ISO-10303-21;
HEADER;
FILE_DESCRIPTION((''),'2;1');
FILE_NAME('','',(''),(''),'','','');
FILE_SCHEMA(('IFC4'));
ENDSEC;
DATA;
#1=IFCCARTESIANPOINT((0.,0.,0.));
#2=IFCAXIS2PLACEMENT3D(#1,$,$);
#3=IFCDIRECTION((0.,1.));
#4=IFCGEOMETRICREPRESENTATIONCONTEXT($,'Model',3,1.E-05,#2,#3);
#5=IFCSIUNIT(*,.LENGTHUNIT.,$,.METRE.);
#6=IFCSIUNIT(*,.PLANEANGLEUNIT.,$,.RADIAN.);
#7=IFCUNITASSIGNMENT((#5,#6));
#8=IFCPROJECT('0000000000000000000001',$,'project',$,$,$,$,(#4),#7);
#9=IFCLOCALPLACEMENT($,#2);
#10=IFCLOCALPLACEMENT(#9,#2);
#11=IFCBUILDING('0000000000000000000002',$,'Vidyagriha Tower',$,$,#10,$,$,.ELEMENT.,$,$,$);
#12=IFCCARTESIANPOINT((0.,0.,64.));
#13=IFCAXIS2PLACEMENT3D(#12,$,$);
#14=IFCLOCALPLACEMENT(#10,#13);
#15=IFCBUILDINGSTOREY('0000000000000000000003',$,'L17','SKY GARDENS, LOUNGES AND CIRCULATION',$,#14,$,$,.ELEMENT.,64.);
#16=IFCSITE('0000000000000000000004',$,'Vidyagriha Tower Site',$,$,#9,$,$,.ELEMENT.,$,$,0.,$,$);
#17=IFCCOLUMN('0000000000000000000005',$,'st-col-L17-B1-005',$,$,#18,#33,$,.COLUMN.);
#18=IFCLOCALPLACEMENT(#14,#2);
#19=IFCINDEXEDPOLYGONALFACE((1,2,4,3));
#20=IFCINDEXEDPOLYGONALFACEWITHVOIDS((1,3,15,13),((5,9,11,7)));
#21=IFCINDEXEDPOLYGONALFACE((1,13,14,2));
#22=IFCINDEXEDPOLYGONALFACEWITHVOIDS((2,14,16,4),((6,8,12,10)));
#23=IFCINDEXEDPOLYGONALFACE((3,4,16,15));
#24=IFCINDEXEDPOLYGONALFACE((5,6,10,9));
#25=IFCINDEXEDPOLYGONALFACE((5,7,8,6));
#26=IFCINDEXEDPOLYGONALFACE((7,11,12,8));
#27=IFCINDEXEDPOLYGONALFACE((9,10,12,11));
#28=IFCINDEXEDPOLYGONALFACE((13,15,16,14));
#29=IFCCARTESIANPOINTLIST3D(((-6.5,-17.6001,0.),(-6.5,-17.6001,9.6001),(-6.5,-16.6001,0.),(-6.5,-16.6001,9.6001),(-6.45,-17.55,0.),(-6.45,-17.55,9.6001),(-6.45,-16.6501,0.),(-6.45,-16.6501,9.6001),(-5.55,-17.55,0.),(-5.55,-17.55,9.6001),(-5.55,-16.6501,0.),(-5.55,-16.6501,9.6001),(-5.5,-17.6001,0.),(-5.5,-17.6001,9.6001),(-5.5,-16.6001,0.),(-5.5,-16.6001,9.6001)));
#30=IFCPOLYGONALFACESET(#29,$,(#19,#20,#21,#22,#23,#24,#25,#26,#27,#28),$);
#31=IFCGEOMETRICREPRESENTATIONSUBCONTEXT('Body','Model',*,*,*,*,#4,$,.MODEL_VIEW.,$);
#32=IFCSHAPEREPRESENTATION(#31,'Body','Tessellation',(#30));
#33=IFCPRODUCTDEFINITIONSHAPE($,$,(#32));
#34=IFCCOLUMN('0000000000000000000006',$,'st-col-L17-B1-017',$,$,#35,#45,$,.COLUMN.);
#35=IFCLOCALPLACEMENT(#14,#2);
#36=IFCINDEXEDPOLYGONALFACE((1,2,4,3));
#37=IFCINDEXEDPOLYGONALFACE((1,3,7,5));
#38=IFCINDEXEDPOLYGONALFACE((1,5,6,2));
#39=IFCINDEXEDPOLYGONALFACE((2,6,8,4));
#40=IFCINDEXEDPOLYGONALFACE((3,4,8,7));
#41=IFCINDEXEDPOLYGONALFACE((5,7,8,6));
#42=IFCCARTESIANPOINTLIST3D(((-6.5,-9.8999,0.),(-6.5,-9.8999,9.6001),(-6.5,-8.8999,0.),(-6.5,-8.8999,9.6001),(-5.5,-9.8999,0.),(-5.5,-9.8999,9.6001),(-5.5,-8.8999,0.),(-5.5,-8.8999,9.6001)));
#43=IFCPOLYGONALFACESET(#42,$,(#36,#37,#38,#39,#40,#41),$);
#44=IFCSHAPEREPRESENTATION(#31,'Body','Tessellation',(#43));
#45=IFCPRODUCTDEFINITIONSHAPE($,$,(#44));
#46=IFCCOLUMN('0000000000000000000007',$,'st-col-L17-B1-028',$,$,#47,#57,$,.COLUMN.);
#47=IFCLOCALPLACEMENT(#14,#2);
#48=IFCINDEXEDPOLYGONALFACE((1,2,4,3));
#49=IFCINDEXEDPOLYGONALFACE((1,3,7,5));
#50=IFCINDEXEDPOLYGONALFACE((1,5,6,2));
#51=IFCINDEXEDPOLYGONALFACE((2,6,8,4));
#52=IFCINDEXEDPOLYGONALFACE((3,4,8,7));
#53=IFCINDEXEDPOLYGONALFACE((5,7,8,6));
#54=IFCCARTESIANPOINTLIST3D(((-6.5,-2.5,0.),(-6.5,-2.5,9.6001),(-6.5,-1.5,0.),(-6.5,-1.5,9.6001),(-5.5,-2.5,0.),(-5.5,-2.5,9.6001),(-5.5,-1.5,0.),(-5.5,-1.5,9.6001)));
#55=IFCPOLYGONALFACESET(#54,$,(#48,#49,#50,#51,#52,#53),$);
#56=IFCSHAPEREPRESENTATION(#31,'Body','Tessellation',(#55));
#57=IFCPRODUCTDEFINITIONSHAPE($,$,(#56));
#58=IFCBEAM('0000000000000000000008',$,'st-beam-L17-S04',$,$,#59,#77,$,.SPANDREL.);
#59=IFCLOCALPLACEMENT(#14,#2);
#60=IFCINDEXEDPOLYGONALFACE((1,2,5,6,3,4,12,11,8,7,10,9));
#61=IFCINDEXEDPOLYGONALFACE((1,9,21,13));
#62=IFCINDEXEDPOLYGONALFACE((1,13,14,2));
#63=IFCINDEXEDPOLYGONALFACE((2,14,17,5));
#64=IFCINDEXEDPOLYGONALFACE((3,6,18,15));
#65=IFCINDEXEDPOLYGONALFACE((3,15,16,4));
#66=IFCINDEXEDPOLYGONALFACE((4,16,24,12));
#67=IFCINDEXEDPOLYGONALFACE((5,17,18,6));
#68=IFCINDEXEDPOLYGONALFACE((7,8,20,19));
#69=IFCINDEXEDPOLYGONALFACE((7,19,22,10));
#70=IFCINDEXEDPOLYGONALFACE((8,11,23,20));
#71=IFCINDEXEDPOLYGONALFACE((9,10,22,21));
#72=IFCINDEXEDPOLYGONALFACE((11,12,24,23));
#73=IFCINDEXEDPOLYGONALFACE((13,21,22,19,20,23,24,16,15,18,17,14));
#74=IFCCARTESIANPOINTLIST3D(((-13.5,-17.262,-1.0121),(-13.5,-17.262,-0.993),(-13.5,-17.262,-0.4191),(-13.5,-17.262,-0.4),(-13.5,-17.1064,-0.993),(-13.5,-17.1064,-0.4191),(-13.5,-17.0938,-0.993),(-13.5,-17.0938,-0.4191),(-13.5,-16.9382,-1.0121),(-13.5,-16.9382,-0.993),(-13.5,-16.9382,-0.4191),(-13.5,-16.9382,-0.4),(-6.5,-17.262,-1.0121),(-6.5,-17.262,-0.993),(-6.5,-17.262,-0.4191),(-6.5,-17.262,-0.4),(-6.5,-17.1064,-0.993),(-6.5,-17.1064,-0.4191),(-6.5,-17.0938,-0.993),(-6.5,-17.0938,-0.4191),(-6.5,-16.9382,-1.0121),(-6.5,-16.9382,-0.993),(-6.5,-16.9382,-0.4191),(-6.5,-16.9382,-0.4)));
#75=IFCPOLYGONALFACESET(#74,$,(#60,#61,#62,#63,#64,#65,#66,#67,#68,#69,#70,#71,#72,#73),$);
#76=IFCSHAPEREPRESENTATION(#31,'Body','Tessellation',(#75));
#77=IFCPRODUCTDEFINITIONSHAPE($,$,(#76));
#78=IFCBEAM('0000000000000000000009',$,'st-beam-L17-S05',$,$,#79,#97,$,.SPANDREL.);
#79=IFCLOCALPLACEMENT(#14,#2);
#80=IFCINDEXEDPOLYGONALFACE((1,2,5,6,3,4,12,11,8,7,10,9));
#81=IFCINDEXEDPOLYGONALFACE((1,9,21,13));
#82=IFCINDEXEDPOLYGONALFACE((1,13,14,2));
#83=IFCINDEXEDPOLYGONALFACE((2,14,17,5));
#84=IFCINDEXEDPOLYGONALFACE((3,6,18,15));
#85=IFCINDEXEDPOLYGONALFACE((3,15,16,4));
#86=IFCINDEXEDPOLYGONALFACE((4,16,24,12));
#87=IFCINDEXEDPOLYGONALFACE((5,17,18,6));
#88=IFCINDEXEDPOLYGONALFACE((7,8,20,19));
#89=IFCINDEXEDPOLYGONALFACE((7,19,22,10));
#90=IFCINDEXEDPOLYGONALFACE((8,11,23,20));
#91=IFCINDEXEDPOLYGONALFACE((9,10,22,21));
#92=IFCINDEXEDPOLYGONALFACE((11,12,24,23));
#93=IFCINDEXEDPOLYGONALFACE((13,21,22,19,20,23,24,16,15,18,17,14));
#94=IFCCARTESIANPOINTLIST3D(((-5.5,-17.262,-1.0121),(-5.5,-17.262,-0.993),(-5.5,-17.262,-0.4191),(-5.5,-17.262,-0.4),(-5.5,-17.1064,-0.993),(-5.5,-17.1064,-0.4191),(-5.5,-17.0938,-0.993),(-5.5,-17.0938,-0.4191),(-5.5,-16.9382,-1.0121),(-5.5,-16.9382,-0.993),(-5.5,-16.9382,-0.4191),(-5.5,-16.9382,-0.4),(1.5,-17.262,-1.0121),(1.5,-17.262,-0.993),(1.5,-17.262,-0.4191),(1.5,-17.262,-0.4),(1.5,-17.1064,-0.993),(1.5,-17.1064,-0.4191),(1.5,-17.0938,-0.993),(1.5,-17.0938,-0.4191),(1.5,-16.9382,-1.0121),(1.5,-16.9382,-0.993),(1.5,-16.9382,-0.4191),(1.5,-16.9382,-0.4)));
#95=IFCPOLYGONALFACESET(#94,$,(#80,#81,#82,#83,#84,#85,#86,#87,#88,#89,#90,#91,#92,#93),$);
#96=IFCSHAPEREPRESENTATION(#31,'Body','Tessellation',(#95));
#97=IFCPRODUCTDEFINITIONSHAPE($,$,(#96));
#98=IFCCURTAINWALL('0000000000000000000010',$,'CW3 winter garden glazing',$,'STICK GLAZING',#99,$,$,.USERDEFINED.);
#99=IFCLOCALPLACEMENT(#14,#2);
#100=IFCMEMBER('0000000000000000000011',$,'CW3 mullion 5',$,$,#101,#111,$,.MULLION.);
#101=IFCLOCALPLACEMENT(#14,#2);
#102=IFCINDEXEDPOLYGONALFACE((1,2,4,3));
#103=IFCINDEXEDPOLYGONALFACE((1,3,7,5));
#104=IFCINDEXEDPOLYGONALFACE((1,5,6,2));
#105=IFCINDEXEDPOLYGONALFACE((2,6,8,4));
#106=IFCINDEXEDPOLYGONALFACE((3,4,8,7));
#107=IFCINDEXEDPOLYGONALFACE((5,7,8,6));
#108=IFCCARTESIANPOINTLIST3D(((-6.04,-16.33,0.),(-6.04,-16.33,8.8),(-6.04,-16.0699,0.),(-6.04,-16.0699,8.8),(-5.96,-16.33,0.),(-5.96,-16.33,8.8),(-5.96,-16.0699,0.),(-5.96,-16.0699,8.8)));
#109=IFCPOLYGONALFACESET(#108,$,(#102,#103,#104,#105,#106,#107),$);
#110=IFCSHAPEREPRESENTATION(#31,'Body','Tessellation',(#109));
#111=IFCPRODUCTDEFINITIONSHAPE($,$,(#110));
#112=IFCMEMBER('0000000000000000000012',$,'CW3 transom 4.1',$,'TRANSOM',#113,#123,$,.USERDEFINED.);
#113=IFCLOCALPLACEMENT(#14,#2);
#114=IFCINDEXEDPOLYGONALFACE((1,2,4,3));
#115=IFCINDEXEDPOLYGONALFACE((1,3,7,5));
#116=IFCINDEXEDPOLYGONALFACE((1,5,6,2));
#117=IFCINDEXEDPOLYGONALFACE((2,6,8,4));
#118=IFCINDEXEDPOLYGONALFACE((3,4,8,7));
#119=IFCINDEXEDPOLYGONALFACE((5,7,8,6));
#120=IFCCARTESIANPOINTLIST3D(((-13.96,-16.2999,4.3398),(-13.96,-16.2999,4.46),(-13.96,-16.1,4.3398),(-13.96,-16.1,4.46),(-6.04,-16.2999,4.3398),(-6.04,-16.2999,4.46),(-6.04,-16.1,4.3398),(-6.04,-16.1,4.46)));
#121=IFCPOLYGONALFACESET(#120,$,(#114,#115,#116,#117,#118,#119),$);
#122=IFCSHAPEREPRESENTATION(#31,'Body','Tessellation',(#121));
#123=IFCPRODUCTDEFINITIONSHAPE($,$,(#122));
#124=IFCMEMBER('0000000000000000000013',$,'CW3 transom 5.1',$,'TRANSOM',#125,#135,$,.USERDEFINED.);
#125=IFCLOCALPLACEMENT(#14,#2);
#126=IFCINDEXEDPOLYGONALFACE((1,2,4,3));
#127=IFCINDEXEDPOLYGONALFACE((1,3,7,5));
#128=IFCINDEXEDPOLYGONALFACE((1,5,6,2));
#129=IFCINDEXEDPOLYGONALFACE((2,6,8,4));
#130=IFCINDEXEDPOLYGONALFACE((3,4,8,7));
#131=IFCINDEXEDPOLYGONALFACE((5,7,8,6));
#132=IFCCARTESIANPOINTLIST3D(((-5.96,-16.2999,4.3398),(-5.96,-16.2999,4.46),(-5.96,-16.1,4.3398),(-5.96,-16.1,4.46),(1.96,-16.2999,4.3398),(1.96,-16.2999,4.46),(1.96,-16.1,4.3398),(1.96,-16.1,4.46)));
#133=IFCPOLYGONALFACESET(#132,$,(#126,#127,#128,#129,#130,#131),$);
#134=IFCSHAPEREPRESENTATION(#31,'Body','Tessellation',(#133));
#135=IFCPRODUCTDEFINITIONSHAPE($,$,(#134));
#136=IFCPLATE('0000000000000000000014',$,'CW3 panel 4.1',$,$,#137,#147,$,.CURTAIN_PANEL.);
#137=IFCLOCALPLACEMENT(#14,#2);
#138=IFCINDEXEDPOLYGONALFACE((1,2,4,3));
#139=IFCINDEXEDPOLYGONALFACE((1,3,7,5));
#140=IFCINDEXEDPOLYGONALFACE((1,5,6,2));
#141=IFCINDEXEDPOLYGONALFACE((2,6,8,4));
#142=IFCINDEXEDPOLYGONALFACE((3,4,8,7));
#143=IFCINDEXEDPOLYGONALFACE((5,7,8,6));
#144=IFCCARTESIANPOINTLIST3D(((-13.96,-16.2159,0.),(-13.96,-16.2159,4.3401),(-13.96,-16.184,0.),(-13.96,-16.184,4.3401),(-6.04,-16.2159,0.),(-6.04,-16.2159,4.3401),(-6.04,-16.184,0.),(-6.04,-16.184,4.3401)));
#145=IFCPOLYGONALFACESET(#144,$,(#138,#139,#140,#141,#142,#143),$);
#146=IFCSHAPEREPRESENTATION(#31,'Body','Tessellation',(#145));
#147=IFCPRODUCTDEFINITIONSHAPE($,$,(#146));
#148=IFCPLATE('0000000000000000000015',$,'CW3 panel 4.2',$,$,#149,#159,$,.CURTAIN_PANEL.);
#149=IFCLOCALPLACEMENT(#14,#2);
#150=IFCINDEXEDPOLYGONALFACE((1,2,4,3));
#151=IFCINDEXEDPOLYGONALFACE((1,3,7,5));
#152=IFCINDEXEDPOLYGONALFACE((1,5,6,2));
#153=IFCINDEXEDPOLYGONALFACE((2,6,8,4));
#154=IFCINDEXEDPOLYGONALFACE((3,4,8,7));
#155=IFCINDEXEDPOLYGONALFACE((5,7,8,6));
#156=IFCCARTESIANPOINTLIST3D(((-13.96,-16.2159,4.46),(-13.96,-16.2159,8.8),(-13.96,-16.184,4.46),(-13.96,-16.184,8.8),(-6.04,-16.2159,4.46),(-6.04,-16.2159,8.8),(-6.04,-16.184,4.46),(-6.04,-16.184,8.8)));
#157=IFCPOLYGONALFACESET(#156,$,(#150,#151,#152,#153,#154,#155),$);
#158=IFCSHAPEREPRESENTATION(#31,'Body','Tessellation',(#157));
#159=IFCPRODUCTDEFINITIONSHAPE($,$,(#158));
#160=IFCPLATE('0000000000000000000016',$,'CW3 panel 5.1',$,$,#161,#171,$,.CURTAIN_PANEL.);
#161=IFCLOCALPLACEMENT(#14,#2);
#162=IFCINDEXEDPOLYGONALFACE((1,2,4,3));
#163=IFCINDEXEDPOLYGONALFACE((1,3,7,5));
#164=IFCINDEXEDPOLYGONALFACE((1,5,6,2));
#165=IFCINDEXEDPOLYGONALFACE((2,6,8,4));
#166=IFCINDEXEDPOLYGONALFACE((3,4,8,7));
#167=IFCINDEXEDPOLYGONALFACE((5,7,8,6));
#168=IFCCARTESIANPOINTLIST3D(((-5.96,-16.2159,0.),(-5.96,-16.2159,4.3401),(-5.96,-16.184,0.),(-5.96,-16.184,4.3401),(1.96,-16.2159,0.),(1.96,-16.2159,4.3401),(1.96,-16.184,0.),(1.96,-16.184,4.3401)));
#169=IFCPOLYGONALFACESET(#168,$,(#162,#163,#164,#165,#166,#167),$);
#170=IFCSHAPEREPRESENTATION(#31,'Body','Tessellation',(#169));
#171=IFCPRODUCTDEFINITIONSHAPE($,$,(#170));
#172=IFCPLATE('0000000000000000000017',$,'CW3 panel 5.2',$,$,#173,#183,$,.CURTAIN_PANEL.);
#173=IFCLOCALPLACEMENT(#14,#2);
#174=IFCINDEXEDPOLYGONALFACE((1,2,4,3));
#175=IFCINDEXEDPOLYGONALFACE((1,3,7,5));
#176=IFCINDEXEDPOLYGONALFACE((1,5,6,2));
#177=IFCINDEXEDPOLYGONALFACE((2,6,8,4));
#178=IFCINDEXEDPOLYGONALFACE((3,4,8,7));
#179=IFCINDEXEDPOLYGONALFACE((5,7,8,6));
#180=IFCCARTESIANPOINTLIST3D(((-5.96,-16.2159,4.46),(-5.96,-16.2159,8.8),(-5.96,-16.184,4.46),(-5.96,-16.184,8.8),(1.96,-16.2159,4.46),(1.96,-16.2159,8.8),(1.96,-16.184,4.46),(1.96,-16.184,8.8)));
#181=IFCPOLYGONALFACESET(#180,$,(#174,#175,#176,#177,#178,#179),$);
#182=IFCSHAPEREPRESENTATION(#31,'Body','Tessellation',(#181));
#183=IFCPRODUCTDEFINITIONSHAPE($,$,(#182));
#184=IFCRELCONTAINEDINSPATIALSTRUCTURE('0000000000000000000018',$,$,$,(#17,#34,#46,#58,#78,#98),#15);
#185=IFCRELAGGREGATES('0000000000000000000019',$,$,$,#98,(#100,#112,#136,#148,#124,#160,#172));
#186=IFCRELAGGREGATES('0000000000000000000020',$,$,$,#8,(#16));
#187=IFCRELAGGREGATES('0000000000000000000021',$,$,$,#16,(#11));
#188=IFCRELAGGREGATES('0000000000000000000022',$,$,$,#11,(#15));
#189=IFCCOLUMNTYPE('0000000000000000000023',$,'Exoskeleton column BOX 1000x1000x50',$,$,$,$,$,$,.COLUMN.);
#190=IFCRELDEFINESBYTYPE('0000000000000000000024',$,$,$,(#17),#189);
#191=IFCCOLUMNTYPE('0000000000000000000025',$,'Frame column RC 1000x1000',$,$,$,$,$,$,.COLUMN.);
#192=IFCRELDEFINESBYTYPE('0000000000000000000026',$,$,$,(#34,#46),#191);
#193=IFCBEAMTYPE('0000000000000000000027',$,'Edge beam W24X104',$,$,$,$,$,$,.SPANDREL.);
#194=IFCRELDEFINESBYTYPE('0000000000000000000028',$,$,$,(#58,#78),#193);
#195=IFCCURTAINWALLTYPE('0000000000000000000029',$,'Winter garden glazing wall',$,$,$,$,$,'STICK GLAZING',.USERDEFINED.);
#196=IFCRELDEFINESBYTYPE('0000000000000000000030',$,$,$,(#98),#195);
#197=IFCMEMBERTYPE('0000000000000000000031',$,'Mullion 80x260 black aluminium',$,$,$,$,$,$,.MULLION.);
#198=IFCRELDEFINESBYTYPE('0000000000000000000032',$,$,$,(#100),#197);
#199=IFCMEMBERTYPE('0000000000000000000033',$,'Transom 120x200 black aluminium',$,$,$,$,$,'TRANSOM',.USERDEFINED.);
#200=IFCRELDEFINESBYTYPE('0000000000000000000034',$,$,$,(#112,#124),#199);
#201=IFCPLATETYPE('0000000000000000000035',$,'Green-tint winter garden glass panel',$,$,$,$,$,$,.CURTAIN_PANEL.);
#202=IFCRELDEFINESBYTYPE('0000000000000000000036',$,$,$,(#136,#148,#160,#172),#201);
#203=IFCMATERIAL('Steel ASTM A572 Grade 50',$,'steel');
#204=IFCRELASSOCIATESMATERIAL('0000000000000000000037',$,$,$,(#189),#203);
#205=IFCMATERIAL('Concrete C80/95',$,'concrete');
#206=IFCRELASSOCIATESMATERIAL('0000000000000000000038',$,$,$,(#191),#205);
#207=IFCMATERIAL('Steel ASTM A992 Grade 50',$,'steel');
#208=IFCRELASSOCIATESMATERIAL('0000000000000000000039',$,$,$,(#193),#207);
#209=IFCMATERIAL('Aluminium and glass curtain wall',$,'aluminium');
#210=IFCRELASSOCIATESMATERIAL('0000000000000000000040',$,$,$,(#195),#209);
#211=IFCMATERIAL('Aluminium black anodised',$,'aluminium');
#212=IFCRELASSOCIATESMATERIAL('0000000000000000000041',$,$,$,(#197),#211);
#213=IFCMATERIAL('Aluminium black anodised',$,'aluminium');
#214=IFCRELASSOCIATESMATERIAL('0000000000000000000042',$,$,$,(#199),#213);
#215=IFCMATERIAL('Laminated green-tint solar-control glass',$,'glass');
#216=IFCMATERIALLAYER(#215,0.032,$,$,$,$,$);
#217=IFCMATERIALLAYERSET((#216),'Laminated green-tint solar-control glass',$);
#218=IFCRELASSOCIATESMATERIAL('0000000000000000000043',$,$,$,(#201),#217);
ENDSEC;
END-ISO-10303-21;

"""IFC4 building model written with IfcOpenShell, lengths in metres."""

from ifc_helpers import new_model, si_unit, direction, frame, origin, origin_2d, place, context, subcontext, project, spatial, rectangle, hollow_rectangle, i_section, extrude, material, layer, layer_set, material_profile, profile_set, type_object, element, aggregate, save


model = new_model("IFC4")

# Units and contexts
model_context = context("Model", 3, precision=1e-05, world=origin(), true_north=direction((0.0, 1.0)))
body_context = subcontext(model_context, "Body", "Model", "MODEL_VIEW")
ifc_project = project(units=[si_unit("LENGTHUNIT", "METRE"), si_unit("PLANEANGLEUNIT", "RADIAN")], contexts=[model_context])

# Site, building, storey
site_placement = place(None, origin())
site = spatial("IfcSite", under=ifc_project, at=site_placement, Name="Vidyagriha Tower Site", CompositionType="ELEMENT", RefElevation=0.0)
building_placement = place(site_placement, origin())
building = spatial("IfcBuilding", under=site, at=building_placement, Name="Vidyagriha Tower", CompositionType="ELEMENT")
storey_placement = place(building_placement, frame((0.0, 0.0, 64.0)))
storey = spatial("IfcBuildingStorey", under=building, at=storey_placement, Name="L17", Description="SKY GARDENS, LOUNGES AND CIRCULATION", CompositionType="ELEMENT", Elevation=64.0)

# Columns
ifc_material_1 = material(Name="Steel ASTM A572 Grade 50", Category="steel")
ifc_material_profile_1 = material_profile(ifc_material_1, hollow_rectangle(XDim=1.0, YDim=1.0, WallThickness=0.05, at=origin_2d()), Name="BOX 1000x1000x50")
ifc_profile_set_1 = profile_set([ifc_material_profile_1], Name="Steel ASTM A572 Grade 50")
column_type_1 = type_object("IfcColumnType", Name="Exoskeleton column BOX 1000x1000x50", PredefinedType="COLUMN", material=ifc_profile_set_1)
column_placement = place(storey_placement, frame((-6.0, -17.1001, 0.0)))
element("IfcColumn", 1, at=column_placement, inside=storey, type_object=column_type_1, Name="st-col-L17-B1-005", PredefinedType="COLUMN", context=body_context, shape_type="SweptSolid", body=[
    extrude(hollow_rectangle(XDim=1.0, YDim=1.0, WallThickness=0.05, at=origin_2d()), origin(), (0.0, 0.0, 1.0), 9.6001),
])
ifc_material_2 = material(Name="Concrete C80/95", Category="concrete")
ifc_material_profile_2 = material_profile(ifc_material_2, rectangle(XDim=1.0, YDim=1.0, at=origin_2d()), Name="RC 1000x1000")
ifc_profile_set_2 = profile_set([ifc_material_profile_2], Name="Concrete C80/95")
column_type_2 = type_object("IfcColumnType", Name="Frame column RC 1000x1000", PredefinedType="COLUMN", material=ifc_profile_set_2)
for number, where, name in (
    (2, (-6.0, -9.3999, 0.0), "st-col-L17-B1-017"),
    (3, (-6.0, -2.0, 0.0), "st-col-L17-B1-028"),
):
    element("IfcColumn", number, at=place(storey_placement, frame(where)), inside=storey, type_object=column_type_2, Name=name, PredefinedType="COLUMN", context=body_context, shape_type="SweptSolid", body=[
        extrude(rectangle(XDim=1.0, YDim=1.0, at=origin_2d()), origin(), (0.0, 0.0, 1.0), 9.6001),
    ])

# Beams
ifc_material_3 = material(Name="Steel ASTM A992 Grade 50", Category="steel")
ifc_material_profile_3 = material_profile(ifc_material_3, i_section(OverallWidth=0.3237, OverallDepth=0.6121, WebThickness=0.0127, FlangeThickness=0.019, at=origin_2d()), Name="W24X104")
ifc_profile_set_3 = profile_set([ifc_material_profile_3], Name="Steel ASTM A992 Grade 50")
beam_type = type_object("IfcBeamType", Name="Edge beam W24X104", PredefinedType="SPANDREL", material=ifc_profile_set_3)
for number, where, z_axis, x_axis, name in (
    (4, (-13.5, -17.1001, -0.7061), (1.0, 0.0, 0.0), (0.0, 1.0, 0.0), "st-beam-L17-S04"),
    (5, (-5.5, -17.1001, -0.7061), (1.0, 0.0, 0.0), (0.0, 1.0, 0.0), "st-beam-L17-S05"),
):
    element("IfcBeam", number, at=place(storey_placement, frame(where, z_axis=z_axis, x_axis=x_axis)), inside=storey, type_object=beam_type, Name=name, PredefinedType="SPANDREL", context=body_context, shape_type="SweptSolid", body=[
        extrude(i_section(OverallWidth=0.3237, OverallDepth=0.6121, WebThickness=0.0127, FlangeThickness=0.019, at=origin_2d()), origin(), (0.0, 0.0, 1.0), 7.0),
    ])

# Curtain wall, members, plates
ifc_material_4 = material(Name="Aluminium and glass curtain wall", Category="aluminium")
curtain_wall_type = type_object("IfcCurtainWallType", Name="Winter garden glazing wall", ElementType="STICK GLAZING", PredefinedType="USERDEFINED", material=ifc_material_4)
curtain_wall_placement = place(storey_placement, origin())
curtain_wall = element("IfcCurtainWall", 6, at=curtain_wall_placement, inside=storey, type_object=curtain_wall_type, Name="CW3 winter garden glazing", ObjectType="STICK GLAZING", PredefinedType="USERDEFINED")
ifc_material_5 = material(Name="Aluminium black anodised", Category="aluminium")
ifc_material_profile_4 = material_profile(ifc_material_5, rectangle(XDim=0.26, YDim=0.0801, at=origin_2d()), Name="Mullion 80x260 black aluminium")
ifc_profile_set_4 = profile_set([ifc_material_profile_4], Name="Aluminium black anodised")
member_type_1 = type_object("IfcMemberType", Name="Mullion 80x260 black aluminium", PredefinedType="MULLION", material=ifc_profile_set_4)
member_1_placement = place(storey_placement, frame((-6.0, -16.2, 0.0), z_axis=(0.0, 0.0, 1.0), x_axis=(0.0, 1.0, 0.0)))
member_1 = element("IfcMember", 7, at=member_1_placement, type_object=member_type_1, Name="CW3 mullion 5", PredefinedType="MULLION", context=body_context, shape_type="SweptSolid", body=[
    extrude(rectangle(XDim=0.26, YDim=0.0801, at=origin_2d()), origin(), (0.0, 0.0, 1.0), 8.8),
])
ifc_material_6 = material(Name="Aluminium black anodised", Category="aluminium")
ifc_material_profile_5 = material_profile(ifc_material_6, rectangle(XDim=0.2, YDim=0.1201, at=origin_2d()), Name="Transom 120x200 black aluminium")
ifc_profile_set_5 = profile_set([ifc_material_profile_5], Name="Aluminium black anodised")
member_type_2 = type_object("IfcMemberType", Name="Transom 120x200 black aluminium", ElementType="TRANSOM", PredefinedType="USERDEFINED", material=ifc_profile_set_5)
member_2_placement = place(storey_placement, frame((-13.96, -16.2, 4.3999), z_axis=(1.0, 0.0, 0.0), x_axis=(0.0, 1.0, 0.0)))
member_2 = element("IfcMember", 8, at=member_2_placement, type_object=member_type_2, Name="CW3 transom 4.1", ObjectType="TRANSOM", PredefinedType="USERDEFINED", context=body_context, shape_type="SweptSolid", body=[
    extrude(rectangle(XDim=0.2, YDim=0.1201, at=origin_2d()), origin(), (0.0, 0.0, 1.0), 7.9199),
])
member_3_placement = place(storey_placement, frame((-5.96, -16.2, 4.3999), z_axis=(1.0, 0.0, 0.0), x_axis=(0.0, 1.0, 0.0)))
member_3 = element("IfcMember", 9, at=member_3_placement, type_object=member_type_2, Name="CW3 transom 5.1", ObjectType="TRANSOM", PredefinedType="USERDEFINED", context=body_context, shape_type="SweptSolid", body=[
    extrude(rectangle(XDim=0.2, YDim=0.1201, at=origin_2d()), origin(), (0.0, 0.0, 1.0), 7.9199),
])
ifc_material_7 = material(Name="Laminated green-tint solar-control glass", Category="glass")
ifc_layer_1 = layer(ifc_material_7, 0.032)
ifc_layer_set_1 = layer_set([ifc_layer_1], Name="Laminated green-tint solar-control glass")
plate_type = type_object("IfcPlateType", Name="Green-tint winter garden glass panel", PredefinedType="CURTAIN_PANEL", material=ifc_layer_set_1)
plate_1_placement = place(storey_placement, frame((-10.0, -16.2, 0.0)))
plate_1 = element("IfcPlate", 10, at=plate_1_placement, type_object=plate_type, Name="CW3 panel 4.1", PredefinedType="CURTAIN_PANEL", context=body_context, shape_type="SweptSolid", body=[
    extrude(rectangle(XDim=7.9199, YDim=0.032, at=origin_2d()), origin(), (0.0, 0.0, 1.0), 4.3401),
])
plate_2_placement = place(storey_placement, frame((-10.0, -16.2, 4.46)))
plate_2 = element("IfcPlate", 11, at=plate_2_placement, type_object=plate_type, Name="CW3 panel 4.2", PredefinedType="CURTAIN_PANEL", context=body_context, shape_type="SweptSolid", body=[
    extrude(rectangle(XDim=7.9199, YDim=0.032, at=origin_2d()), origin(), (0.0, 0.0, 1.0), 4.3401),
])
plate_3_placement = place(storey_placement, frame((-2.0, -16.2, 0.0)))
plate_3 = element("IfcPlate", 12, at=plate_3_placement, type_object=plate_type, Name="CW3 panel 5.1", PredefinedType="CURTAIN_PANEL", context=body_context, shape_type="SweptSolid", body=[
    extrude(rectangle(XDim=7.9199, YDim=0.032, at=origin_2d()), origin(), (0.0, 0.0, 1.0), 4.3401),
])
plate_4_placement = place(storey_placement, frame((-2.0, -16.2, 4.46)))
plate_4 = element("IfcPlate", 13, at=plate_4_placement, type_object=plate_type, Name="CW3 panel 5.2", PredefinedType="CURTAIN_PANEL", context=body_context, shape_type="SweptSolid", body=[
    extrude(rectangle(XDim=7.9199, YDim=0.032, at=origin_2d()), origin(), (0.0, 0.0, 1.0), 4.3401),
])
aggregate(curtain_wall, [member_1, member_2, plate_1, plate_2, member_3, plate_3, plate_4])

save(model, "model.ifc")
